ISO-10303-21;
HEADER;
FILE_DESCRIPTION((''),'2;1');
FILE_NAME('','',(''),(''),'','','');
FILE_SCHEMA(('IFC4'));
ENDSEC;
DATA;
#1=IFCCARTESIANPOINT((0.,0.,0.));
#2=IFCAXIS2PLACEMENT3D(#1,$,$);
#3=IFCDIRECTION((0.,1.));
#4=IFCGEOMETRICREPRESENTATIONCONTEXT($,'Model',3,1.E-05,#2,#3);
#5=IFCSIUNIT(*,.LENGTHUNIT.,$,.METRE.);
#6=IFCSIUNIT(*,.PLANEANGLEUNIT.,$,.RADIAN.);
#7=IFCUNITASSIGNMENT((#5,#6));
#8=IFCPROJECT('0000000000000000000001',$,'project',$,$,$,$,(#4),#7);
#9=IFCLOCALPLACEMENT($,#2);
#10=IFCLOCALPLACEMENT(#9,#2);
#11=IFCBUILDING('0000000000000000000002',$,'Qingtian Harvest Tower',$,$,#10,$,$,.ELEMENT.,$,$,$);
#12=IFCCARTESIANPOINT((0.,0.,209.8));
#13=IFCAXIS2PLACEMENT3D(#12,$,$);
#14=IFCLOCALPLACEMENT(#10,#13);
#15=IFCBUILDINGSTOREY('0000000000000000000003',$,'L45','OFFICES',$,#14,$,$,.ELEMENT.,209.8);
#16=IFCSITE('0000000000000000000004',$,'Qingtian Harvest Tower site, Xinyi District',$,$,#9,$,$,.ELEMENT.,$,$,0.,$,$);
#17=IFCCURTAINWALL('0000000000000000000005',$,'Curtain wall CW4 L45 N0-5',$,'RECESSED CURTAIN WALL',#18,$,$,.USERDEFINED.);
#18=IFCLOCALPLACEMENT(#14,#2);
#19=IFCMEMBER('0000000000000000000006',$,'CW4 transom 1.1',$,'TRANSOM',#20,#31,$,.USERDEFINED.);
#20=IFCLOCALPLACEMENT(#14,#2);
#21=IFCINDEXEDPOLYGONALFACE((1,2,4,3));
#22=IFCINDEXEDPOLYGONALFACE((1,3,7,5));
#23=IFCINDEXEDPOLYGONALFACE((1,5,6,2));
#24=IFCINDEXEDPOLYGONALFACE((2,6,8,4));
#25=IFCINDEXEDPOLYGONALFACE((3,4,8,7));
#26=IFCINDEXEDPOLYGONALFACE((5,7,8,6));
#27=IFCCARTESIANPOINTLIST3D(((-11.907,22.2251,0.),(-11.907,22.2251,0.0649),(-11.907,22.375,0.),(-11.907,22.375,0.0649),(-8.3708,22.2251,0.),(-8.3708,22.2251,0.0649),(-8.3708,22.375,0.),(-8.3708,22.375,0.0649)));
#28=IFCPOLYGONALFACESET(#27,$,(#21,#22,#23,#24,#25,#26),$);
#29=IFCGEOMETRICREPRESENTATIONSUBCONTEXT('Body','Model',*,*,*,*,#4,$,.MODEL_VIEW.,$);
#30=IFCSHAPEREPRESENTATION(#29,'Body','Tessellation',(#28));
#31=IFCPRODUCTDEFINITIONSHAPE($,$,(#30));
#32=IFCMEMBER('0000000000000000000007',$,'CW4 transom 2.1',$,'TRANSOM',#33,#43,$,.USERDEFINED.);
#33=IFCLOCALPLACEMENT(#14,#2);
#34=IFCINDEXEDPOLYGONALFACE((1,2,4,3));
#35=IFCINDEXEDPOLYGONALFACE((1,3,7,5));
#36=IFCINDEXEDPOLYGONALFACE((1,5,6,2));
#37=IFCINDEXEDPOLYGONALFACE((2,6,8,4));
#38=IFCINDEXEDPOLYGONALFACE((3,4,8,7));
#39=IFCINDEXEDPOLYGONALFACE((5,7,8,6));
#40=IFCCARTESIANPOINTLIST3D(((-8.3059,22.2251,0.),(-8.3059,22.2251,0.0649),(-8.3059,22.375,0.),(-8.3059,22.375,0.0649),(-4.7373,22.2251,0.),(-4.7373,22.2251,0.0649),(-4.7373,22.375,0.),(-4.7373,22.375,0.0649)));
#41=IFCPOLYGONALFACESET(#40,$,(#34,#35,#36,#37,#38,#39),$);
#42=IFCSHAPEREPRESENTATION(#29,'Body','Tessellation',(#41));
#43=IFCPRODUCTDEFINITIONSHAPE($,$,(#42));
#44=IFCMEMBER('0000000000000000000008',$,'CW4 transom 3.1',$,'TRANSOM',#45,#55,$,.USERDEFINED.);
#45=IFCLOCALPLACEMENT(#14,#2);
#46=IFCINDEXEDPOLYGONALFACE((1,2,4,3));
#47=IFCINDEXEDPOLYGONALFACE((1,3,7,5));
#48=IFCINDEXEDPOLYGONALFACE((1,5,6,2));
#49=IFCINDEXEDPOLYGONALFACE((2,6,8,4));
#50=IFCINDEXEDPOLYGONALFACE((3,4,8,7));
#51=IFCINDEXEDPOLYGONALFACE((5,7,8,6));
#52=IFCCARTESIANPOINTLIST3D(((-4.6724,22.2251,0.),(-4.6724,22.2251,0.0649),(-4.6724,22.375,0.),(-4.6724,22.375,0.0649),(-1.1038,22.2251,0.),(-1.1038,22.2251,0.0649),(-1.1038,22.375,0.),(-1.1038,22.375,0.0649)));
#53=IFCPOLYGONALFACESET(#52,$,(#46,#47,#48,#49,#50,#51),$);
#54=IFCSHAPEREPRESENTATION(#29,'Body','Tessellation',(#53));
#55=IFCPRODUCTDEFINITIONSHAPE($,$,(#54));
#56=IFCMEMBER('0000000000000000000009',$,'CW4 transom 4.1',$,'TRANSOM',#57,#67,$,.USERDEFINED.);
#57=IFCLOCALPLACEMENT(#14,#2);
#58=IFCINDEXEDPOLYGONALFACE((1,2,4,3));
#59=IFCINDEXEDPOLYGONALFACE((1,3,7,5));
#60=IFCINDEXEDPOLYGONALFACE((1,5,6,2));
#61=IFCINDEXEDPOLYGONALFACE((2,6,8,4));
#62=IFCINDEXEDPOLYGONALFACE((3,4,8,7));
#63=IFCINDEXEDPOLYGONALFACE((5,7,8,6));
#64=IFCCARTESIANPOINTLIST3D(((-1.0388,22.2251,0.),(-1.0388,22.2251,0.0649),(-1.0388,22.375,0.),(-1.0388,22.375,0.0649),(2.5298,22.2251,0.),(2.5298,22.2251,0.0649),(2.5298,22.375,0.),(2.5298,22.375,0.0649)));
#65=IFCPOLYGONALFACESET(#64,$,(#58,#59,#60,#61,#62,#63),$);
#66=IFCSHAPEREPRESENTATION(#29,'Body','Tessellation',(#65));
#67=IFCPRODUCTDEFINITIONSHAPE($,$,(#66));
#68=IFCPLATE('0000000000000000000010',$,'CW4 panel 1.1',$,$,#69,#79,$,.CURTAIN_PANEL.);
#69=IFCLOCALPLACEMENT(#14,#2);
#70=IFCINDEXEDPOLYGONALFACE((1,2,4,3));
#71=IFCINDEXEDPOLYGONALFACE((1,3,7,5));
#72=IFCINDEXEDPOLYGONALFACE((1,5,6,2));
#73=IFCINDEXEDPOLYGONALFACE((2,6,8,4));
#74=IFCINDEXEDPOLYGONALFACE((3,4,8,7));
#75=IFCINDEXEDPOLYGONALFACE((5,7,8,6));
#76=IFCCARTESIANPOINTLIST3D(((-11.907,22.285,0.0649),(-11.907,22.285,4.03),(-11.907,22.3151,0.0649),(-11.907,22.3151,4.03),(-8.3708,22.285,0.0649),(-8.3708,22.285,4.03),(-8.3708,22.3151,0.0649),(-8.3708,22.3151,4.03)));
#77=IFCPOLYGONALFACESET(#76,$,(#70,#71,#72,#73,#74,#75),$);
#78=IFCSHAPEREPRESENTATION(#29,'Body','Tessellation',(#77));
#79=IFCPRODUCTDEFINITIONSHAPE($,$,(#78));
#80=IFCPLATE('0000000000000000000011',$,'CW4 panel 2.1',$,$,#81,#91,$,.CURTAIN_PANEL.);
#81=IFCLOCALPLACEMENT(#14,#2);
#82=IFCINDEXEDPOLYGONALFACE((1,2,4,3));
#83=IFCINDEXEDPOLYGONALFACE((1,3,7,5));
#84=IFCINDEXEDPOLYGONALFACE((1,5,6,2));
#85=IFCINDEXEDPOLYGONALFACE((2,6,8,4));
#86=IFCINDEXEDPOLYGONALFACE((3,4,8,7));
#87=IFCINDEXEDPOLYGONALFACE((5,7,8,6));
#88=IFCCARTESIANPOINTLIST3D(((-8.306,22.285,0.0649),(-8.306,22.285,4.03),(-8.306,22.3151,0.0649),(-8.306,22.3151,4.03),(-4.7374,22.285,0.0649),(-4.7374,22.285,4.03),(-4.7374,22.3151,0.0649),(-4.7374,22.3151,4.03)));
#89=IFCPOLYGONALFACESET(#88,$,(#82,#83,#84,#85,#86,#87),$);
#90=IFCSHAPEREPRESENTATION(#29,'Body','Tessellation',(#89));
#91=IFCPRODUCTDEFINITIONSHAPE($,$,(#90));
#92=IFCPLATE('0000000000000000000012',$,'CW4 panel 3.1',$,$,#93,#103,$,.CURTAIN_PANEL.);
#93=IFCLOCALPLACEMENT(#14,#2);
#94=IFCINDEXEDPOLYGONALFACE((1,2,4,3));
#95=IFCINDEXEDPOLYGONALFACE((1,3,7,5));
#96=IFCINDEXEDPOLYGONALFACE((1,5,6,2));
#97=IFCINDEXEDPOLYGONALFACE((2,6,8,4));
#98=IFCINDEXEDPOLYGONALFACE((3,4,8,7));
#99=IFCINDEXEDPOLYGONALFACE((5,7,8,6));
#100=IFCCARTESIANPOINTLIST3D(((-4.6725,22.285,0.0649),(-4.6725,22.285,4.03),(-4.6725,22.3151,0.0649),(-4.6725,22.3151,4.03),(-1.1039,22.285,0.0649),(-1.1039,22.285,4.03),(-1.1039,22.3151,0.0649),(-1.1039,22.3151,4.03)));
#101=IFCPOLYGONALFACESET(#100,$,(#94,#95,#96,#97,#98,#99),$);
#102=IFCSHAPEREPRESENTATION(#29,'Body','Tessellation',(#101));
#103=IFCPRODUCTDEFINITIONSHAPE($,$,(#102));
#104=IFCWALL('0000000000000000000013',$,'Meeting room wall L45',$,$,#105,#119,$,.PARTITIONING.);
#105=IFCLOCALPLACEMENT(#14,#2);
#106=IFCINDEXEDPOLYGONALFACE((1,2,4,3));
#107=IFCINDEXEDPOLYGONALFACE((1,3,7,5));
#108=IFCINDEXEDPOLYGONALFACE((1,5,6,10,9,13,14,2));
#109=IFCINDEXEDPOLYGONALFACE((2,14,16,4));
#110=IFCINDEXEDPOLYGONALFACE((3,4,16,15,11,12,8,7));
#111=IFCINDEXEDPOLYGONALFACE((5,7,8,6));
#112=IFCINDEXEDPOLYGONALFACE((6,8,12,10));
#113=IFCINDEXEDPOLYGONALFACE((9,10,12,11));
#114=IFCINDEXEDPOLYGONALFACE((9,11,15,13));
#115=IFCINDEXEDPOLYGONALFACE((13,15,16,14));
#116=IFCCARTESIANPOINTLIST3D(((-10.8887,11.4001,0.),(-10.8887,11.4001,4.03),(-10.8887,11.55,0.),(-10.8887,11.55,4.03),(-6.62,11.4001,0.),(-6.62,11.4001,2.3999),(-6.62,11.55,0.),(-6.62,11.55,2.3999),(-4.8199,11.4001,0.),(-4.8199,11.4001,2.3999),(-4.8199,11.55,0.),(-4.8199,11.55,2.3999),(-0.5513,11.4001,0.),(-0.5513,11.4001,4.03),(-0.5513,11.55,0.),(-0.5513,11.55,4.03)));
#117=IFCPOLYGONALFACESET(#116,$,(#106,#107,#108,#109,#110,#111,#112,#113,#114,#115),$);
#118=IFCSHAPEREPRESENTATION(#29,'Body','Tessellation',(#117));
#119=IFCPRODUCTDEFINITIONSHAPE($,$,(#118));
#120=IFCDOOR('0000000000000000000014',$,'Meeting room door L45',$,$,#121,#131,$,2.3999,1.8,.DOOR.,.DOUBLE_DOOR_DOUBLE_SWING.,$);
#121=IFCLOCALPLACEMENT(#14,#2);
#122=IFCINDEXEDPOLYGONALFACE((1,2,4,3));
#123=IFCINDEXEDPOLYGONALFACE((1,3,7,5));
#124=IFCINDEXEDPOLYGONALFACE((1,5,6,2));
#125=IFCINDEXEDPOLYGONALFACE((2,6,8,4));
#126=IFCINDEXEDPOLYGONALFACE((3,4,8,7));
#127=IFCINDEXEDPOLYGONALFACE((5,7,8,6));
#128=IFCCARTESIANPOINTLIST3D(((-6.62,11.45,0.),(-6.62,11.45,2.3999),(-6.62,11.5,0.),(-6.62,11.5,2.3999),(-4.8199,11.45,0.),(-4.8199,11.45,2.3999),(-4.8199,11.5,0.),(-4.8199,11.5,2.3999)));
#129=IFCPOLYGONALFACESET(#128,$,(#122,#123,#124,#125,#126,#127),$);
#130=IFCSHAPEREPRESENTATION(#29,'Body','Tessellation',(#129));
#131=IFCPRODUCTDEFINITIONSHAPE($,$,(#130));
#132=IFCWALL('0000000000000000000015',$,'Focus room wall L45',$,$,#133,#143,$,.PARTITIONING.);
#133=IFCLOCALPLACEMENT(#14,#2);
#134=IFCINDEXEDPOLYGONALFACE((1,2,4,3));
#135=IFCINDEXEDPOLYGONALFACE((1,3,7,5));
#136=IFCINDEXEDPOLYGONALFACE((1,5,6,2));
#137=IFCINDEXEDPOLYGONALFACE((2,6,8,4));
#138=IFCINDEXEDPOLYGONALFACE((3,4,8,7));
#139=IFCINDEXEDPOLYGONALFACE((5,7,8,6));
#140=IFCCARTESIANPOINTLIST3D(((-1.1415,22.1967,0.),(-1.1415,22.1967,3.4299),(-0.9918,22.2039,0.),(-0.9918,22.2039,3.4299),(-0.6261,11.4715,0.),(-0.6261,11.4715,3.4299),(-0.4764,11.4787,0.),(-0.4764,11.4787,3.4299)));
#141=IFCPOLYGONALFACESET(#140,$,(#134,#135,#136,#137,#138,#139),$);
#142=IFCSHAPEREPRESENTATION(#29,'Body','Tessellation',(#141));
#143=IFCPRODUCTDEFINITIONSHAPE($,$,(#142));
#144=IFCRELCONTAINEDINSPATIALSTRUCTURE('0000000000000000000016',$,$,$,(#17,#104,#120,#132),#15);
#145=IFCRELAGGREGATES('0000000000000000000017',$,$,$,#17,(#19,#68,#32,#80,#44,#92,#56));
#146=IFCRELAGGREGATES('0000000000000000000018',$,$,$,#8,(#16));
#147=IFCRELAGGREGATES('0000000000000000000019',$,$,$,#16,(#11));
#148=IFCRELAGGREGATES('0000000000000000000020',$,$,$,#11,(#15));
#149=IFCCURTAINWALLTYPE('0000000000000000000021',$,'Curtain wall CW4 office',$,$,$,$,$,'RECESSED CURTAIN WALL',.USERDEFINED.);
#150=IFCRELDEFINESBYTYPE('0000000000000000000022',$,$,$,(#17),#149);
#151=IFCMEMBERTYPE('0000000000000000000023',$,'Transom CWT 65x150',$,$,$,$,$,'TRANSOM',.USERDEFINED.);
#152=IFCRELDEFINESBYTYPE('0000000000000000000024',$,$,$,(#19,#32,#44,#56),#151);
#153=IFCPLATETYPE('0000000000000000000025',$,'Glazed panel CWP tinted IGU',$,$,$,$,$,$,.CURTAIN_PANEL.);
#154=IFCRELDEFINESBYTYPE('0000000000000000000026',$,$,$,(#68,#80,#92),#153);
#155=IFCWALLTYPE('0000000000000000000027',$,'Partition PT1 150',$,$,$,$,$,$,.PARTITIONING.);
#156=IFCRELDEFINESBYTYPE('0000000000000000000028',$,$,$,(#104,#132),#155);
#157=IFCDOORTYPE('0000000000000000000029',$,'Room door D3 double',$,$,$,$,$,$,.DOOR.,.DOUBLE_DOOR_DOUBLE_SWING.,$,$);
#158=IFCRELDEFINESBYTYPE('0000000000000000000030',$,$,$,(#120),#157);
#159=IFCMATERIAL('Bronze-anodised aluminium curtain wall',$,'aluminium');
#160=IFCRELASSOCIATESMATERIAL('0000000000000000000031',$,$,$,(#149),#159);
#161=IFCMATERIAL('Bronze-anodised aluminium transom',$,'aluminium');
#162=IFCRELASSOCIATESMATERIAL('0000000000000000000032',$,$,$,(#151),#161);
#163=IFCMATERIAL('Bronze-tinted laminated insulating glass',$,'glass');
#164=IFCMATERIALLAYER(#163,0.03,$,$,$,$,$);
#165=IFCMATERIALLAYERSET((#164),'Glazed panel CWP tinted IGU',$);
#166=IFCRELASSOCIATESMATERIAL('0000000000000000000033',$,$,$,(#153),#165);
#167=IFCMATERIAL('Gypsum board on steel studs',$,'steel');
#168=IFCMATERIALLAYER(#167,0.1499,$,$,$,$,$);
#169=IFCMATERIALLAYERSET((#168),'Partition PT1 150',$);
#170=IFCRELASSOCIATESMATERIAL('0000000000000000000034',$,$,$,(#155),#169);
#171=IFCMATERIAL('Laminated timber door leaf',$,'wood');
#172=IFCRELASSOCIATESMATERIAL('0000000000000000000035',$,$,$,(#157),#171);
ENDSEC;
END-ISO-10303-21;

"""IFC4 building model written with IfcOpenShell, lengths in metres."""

from ifc_helpers import new_model, si_unit, direction, frame, frame_2d, origin, origin_2d, place, context, subcontext, project, spatial, rectangle, extrude, material, layer, layer_set, material_profile, profile_set, type_object, element, fill, aggregate, save


model = new_model("IFC4")

# Units and contexts
model_context = context("Model", 3, precision=1e-05, world=origin(), true_north=direction((0.0, 1.0)))
body_context = subcontext(model_context, "Body", "Model", "MODEL_VIEW")
ifc_project = project(units=[si_unit("LENGTHUNIT", "METRE"), si_unit("PLANEANGLEUNIT", "RADIAN")], contexts=[model_context])

# Site, building, storey
site_placement = place(None, origin())
site = spatial("IfcSite", under=ifc_project, at=site_placement, Name="Qingtian Harvest Tower site, Xinyi District", CompositionType="ELEMENT", RefElevation=0.0)
building_placement = place(site_placement, origin())
building = spatial("IfcBuilding", under=site, at=building_placement, Name="Qingtian Harvest Tower", CompositionType="ELEMENT")
storey_placement = place(building_placement, frame((0.0, 0.0, 209.8)))
storey = spatial("IfcBuildingStorey", under=building, at=storey_placement, Name="L45", Description="OFFICES", CompositionType="ELEMENT", Elevation=209.8)

# Curtain wall
ifc_material_1 = material(Name="Bronze-anodised aluminium curtain wall", Category="aluminium")
curtain_wall_type = type_object("IfcCurtainWallType", Name="Curtain wall CW4 office", ElementType="RECESSED CURTAIN WALL", PredefinedType="USERDEFINED", material=ifc_material_1)
curtain_wall_1_placement = place(storey_placement, origin())
curtain_wall_1 = element("IfcCurtainWall", 1, at=curtain_wall_1_placement, inside=storey, type_object=curtain_wall_type, Name="Curtain wall CW4 L45 N0-5", ObjectType="RECESSED CURTAIN WALL", PredefinedType="USERDEFINED")

# Members
ifc_material_2 = material(Name="Bronze-anodised aluminium transom", Category="aluminium")
ifc_material_profile_1 = material_profile(ifc_material_2, rectangle(XDim=0.1499, YDim=0.0649, at=origin_2d()), Name="AL 65x150")
ifc_profile_set_1 = profile_set([ifc_material_profile_1], Name="Bronze-anodised aluminium transom")
member_type_1 = type_object("IfcMemberType", Name="Transom CWT 65x150", ElementType="TRANSOM", PredefinedType="USERDEFINED", material=ifc_profile_set_1)
member_1_placement = place(storey_placement, frame((-11.907, 22.3, 0.0325), z_axis=(1.0, 0.0, 0.0), x_axis=(0.0, 1.0, 0.0)))
member_1 = element("IfcMember", 2, at=member_1_placement, type_object=member_type_1, Name="CW4 transom 1.1", ObjectType="TRANSOM", PredefinedType="USERDEFINED", context=body_context, shape_type="SweptSolid", body=[
    extrude(rectangle(XDim=0.1499, YDim=0.0649, at=origin_2d()), origin(), (0.0, 0.0, 1.0), 3.5361),
])
member_2_placement = place(storey_placement, frame((-8.3059, 22.3, 0.0325), z_axis=(1.0, 0.0, 0.0), x_axis=(0.0, 1.0, 0.0)))
member_2 = element("IfcMember", 3, at=member_2_placement, type_object=member_type_1, Name="CW4 transom 2.1", ObjectType="TRANSOM", PredefinedType="USERDEFINED", context=body_context, shape_type="SweptSolid", body=[
    extrude(rectangle(XDim=0.1499, YDim=0.0649, at=origin_2d()), origin(), (0.0, 0.0, 1.0), 3.5686),
])
member_3_placement = place(storey_placement, frame((-4.6724, 22.3, 0.0325), z_axis=(1.0, 0.0, 0.0), x_axis=(0.0, 1.0, 0.0)))
member_3 = element("IfcMember", 4, at=member_3_placement, type_object=member_type_1, Name="CW4 transom 3.1", ObjectType="TRANSOM", PredefinedType="USERDEFINED", context=body_context, shape_type="SweptSolid", body=[
    extrude(rectangle(XDim=0.1499, YDim=0.0649, at=origin_2d()), origin(), (0.0, 0.0, 1.0), 3.5686),
])
member_4_placement = place(storey_placement, frame((-1.0388, 22.3, 0.0325), z_axis=(1.0, 0.0, 0.0), x_axis=(0.0, 1.0, 0.0)))
member_4 = element("IfcMember", 5, at=member_4_placement, type_object=member_type_1, Name="CW4 transom 4.1", ObjectType="TRANSOM", PredefinedType="USERDEFINED", context=body_context, shape_type="SweptSolid", body=[
    extrude(rectangle(XDim=0.1499, YDim=0.0649, at=origin_2d()), origin(), (0.0, 0.0, 1.0), 3.5686),
])

# Plates
ifc_material_3 = material(Name="Bronze-tinted laminated insulating glass", Category="glass")
ifc_layer_1 = layer(ifc_material_3, 0.03)
ifc_layer_set_1 = layer_set([ifc_layer_1], Name="Glazed panel CWP tinted IGU")
plate_type = type_object("IfcPlateType", Name="Glazed panel CWP tinted IGU", PredefinedType="CURTAIN_PANEL", material=ifc_layer_set_1)
plate_1_placement = place(storey_placement, frame((-10.1389, 22.3, 0.0649), z_axis=(0.0, 0.0, 1.0), x_axis=(1.0, 0.0, 0.0)))
plate_1 = element("IfcPlate", 6, at=plate_1_placement, type_object=plate_type, Name="CW4 panel 1.1", PredefinedType="CURTAIN_PANEL", context=body_context, shape_type="SweptSolid", body=[
    extrude(rectangle(XDim=3.5361, YDim=0.03, at=origin_2d()), origin(), (0.0, 0.0, 1.0), 3.9651),
])
plate_2_placement = place(storey_placement, frame((-6.5217, 22.3, 0.0649), z_axis=(0.0, 0.0, 1.0), x_axis=(1.0, 0.0, 0.0)))
plate_2 = element("IfcPlate", 7, at=plate_2_placement, type_object=plate_type, Name="CW4 panel 2.1", PredefinedType="CURTAIN_PANEL", context=body_context, shape_type="SweptSolid", body=[
    extrude(rectangle(XDim=3.5686, YDim=0.03, at=origin_2d()), origin(), (0.0, 0.0, 1.0), 3.9651),
])
plate_3_placement = place(storey_placement, frame((-2.8882, 22.3, 0.0649), z_axis=(0.0, 0.0, 1.0), x_axis=(1.0, 0.0, 0.0)))
plate_3 = element("IfcPlate", 8, at=plate_3_placement, type_object=plate_type, Name="CW4 panel 3.1", PredefinedType="CURTAIN_PANEL", context=body_context, shape_type="SweptSolid", body=[
    extrude(rectangle(XDim=3.5686, YDim=0.03, at=origin_2d()), origin(), (0.0, 0.0, 1.0), 3.9651),
])
aggregate(curtain_wall_1, [member_1, plate_1, member_2, plate_2, member_3, plate_3, member_4])

# Wall, opening, door
ifc_material_4 = material(Name="Gypsum board on steel studs", Category="steel")
ifc_layer_2 = layer(ifc_material_4, 0.1499)
ifc_layer_set_2 = layer_set([ifc_layer_2], Name="Partition PT1 150")
wall_type = type_object("IfcWallType", Name="Partition PT1 150", PredefinedType="PARTITIONING", material=ifc_layer_set_2)
wall_1_placement = place(storey_placement, frame((-10.8887, 11.4751, 0.0), z_axis=(0.0, 0.0, 1.0), x_axis=(1.0, 0.0, 0.0)))
wall_1 = element("IfcWall", 9, at=wall_1_placement, inside=storey, type_object=wall_type, Name="Meeting room wall L45", PredefinedType="PARTITIONING", context=body_context, shape_type="SweptSolid", body=[
    extrude(rectangle(XDim=10.3374, YDim=0.1499, at=frame_2d((5.1687, 0.0))), origin(), (0.0, 0.0, 1.0), 4.03),
])
opening_1_placement = place(wall_1_placement, frame((4.2688, 0.0, 0.0)))
opening_1 = element("IfcOpeningElement", 10, at=opening_1_placement, cuts=wall_1, PredefinedType="OPENING", context=body_context, shape_type="SweptSolid", body=[
    extrude(rectangle(XDim=1.8, YDim=2.3999, at=frame_2d((0.8999, 1.2))), frame((0.0, 0.085, 0.0), z_axis=(0.0, -1.0, 0.0), x_axis=(1.0, 0.0, 0.0)), (0.0, 0.0, 1.0), 0.1699),
])
ifc_material_5 = material(Name="Laminated timber door leaf", Category="wood")
door_type_1 = type_object("IfcDoorType", Name="Room door D3 double", OperationType="DOUBLE_DOOR_DOUBLE_SWING", PredefinedType="DOOR", material=ifc_material_5)
door_1_placement = place(opening_1_placement, origin())
door_1 = element("IfcDoor", 11, at=door_1_placement, inside=storey, type_object=door_type_1, Name="Meeting room door L45", OperationType="DOUBLE_DOOR_DOUBLE_SWING", OverallHeight=2.3999, OverallWidth=1.8, PredefinedType="DOOR", context=body_context, shape_type="SweptSolid", body=[
    extrude(rectangle(XDim=1.8, YDim=2.3999, at=frame_2d((0.8999, 1.2))), frame((0.0, 0.0249, 0.0), z_axis=(0.0, -1.0, 0.0), x_axis=(1.0, 0.0, 0.0)), (0.0, 0.0, 1.0), 0.05),
])
fill(opening_1, door_1)

# Wall
wall_2_placement = place(storey_placement, frame((-1.0667, 22.2002, 0.0), z_axis=(0.0, 0.0, 1.0), x_axis=(0.047998, -0.998847, 0.0)))
element("IfcWall", 12, at=wall_2_placement, inside=storey, type_object=wall_type, Name="Focus room wall L45", PredefinedType="PARTITIONING", context=body_context, shape_type="SweptSolid", body=[
    extrude(rectangle(XDim=10.7375, YDim=0.1499, at=frame_2d((5.3687, 0.0))), origin(), (0.0, 0.0, 1.0), 3.4299),
])

save(model, "model.ifc")
